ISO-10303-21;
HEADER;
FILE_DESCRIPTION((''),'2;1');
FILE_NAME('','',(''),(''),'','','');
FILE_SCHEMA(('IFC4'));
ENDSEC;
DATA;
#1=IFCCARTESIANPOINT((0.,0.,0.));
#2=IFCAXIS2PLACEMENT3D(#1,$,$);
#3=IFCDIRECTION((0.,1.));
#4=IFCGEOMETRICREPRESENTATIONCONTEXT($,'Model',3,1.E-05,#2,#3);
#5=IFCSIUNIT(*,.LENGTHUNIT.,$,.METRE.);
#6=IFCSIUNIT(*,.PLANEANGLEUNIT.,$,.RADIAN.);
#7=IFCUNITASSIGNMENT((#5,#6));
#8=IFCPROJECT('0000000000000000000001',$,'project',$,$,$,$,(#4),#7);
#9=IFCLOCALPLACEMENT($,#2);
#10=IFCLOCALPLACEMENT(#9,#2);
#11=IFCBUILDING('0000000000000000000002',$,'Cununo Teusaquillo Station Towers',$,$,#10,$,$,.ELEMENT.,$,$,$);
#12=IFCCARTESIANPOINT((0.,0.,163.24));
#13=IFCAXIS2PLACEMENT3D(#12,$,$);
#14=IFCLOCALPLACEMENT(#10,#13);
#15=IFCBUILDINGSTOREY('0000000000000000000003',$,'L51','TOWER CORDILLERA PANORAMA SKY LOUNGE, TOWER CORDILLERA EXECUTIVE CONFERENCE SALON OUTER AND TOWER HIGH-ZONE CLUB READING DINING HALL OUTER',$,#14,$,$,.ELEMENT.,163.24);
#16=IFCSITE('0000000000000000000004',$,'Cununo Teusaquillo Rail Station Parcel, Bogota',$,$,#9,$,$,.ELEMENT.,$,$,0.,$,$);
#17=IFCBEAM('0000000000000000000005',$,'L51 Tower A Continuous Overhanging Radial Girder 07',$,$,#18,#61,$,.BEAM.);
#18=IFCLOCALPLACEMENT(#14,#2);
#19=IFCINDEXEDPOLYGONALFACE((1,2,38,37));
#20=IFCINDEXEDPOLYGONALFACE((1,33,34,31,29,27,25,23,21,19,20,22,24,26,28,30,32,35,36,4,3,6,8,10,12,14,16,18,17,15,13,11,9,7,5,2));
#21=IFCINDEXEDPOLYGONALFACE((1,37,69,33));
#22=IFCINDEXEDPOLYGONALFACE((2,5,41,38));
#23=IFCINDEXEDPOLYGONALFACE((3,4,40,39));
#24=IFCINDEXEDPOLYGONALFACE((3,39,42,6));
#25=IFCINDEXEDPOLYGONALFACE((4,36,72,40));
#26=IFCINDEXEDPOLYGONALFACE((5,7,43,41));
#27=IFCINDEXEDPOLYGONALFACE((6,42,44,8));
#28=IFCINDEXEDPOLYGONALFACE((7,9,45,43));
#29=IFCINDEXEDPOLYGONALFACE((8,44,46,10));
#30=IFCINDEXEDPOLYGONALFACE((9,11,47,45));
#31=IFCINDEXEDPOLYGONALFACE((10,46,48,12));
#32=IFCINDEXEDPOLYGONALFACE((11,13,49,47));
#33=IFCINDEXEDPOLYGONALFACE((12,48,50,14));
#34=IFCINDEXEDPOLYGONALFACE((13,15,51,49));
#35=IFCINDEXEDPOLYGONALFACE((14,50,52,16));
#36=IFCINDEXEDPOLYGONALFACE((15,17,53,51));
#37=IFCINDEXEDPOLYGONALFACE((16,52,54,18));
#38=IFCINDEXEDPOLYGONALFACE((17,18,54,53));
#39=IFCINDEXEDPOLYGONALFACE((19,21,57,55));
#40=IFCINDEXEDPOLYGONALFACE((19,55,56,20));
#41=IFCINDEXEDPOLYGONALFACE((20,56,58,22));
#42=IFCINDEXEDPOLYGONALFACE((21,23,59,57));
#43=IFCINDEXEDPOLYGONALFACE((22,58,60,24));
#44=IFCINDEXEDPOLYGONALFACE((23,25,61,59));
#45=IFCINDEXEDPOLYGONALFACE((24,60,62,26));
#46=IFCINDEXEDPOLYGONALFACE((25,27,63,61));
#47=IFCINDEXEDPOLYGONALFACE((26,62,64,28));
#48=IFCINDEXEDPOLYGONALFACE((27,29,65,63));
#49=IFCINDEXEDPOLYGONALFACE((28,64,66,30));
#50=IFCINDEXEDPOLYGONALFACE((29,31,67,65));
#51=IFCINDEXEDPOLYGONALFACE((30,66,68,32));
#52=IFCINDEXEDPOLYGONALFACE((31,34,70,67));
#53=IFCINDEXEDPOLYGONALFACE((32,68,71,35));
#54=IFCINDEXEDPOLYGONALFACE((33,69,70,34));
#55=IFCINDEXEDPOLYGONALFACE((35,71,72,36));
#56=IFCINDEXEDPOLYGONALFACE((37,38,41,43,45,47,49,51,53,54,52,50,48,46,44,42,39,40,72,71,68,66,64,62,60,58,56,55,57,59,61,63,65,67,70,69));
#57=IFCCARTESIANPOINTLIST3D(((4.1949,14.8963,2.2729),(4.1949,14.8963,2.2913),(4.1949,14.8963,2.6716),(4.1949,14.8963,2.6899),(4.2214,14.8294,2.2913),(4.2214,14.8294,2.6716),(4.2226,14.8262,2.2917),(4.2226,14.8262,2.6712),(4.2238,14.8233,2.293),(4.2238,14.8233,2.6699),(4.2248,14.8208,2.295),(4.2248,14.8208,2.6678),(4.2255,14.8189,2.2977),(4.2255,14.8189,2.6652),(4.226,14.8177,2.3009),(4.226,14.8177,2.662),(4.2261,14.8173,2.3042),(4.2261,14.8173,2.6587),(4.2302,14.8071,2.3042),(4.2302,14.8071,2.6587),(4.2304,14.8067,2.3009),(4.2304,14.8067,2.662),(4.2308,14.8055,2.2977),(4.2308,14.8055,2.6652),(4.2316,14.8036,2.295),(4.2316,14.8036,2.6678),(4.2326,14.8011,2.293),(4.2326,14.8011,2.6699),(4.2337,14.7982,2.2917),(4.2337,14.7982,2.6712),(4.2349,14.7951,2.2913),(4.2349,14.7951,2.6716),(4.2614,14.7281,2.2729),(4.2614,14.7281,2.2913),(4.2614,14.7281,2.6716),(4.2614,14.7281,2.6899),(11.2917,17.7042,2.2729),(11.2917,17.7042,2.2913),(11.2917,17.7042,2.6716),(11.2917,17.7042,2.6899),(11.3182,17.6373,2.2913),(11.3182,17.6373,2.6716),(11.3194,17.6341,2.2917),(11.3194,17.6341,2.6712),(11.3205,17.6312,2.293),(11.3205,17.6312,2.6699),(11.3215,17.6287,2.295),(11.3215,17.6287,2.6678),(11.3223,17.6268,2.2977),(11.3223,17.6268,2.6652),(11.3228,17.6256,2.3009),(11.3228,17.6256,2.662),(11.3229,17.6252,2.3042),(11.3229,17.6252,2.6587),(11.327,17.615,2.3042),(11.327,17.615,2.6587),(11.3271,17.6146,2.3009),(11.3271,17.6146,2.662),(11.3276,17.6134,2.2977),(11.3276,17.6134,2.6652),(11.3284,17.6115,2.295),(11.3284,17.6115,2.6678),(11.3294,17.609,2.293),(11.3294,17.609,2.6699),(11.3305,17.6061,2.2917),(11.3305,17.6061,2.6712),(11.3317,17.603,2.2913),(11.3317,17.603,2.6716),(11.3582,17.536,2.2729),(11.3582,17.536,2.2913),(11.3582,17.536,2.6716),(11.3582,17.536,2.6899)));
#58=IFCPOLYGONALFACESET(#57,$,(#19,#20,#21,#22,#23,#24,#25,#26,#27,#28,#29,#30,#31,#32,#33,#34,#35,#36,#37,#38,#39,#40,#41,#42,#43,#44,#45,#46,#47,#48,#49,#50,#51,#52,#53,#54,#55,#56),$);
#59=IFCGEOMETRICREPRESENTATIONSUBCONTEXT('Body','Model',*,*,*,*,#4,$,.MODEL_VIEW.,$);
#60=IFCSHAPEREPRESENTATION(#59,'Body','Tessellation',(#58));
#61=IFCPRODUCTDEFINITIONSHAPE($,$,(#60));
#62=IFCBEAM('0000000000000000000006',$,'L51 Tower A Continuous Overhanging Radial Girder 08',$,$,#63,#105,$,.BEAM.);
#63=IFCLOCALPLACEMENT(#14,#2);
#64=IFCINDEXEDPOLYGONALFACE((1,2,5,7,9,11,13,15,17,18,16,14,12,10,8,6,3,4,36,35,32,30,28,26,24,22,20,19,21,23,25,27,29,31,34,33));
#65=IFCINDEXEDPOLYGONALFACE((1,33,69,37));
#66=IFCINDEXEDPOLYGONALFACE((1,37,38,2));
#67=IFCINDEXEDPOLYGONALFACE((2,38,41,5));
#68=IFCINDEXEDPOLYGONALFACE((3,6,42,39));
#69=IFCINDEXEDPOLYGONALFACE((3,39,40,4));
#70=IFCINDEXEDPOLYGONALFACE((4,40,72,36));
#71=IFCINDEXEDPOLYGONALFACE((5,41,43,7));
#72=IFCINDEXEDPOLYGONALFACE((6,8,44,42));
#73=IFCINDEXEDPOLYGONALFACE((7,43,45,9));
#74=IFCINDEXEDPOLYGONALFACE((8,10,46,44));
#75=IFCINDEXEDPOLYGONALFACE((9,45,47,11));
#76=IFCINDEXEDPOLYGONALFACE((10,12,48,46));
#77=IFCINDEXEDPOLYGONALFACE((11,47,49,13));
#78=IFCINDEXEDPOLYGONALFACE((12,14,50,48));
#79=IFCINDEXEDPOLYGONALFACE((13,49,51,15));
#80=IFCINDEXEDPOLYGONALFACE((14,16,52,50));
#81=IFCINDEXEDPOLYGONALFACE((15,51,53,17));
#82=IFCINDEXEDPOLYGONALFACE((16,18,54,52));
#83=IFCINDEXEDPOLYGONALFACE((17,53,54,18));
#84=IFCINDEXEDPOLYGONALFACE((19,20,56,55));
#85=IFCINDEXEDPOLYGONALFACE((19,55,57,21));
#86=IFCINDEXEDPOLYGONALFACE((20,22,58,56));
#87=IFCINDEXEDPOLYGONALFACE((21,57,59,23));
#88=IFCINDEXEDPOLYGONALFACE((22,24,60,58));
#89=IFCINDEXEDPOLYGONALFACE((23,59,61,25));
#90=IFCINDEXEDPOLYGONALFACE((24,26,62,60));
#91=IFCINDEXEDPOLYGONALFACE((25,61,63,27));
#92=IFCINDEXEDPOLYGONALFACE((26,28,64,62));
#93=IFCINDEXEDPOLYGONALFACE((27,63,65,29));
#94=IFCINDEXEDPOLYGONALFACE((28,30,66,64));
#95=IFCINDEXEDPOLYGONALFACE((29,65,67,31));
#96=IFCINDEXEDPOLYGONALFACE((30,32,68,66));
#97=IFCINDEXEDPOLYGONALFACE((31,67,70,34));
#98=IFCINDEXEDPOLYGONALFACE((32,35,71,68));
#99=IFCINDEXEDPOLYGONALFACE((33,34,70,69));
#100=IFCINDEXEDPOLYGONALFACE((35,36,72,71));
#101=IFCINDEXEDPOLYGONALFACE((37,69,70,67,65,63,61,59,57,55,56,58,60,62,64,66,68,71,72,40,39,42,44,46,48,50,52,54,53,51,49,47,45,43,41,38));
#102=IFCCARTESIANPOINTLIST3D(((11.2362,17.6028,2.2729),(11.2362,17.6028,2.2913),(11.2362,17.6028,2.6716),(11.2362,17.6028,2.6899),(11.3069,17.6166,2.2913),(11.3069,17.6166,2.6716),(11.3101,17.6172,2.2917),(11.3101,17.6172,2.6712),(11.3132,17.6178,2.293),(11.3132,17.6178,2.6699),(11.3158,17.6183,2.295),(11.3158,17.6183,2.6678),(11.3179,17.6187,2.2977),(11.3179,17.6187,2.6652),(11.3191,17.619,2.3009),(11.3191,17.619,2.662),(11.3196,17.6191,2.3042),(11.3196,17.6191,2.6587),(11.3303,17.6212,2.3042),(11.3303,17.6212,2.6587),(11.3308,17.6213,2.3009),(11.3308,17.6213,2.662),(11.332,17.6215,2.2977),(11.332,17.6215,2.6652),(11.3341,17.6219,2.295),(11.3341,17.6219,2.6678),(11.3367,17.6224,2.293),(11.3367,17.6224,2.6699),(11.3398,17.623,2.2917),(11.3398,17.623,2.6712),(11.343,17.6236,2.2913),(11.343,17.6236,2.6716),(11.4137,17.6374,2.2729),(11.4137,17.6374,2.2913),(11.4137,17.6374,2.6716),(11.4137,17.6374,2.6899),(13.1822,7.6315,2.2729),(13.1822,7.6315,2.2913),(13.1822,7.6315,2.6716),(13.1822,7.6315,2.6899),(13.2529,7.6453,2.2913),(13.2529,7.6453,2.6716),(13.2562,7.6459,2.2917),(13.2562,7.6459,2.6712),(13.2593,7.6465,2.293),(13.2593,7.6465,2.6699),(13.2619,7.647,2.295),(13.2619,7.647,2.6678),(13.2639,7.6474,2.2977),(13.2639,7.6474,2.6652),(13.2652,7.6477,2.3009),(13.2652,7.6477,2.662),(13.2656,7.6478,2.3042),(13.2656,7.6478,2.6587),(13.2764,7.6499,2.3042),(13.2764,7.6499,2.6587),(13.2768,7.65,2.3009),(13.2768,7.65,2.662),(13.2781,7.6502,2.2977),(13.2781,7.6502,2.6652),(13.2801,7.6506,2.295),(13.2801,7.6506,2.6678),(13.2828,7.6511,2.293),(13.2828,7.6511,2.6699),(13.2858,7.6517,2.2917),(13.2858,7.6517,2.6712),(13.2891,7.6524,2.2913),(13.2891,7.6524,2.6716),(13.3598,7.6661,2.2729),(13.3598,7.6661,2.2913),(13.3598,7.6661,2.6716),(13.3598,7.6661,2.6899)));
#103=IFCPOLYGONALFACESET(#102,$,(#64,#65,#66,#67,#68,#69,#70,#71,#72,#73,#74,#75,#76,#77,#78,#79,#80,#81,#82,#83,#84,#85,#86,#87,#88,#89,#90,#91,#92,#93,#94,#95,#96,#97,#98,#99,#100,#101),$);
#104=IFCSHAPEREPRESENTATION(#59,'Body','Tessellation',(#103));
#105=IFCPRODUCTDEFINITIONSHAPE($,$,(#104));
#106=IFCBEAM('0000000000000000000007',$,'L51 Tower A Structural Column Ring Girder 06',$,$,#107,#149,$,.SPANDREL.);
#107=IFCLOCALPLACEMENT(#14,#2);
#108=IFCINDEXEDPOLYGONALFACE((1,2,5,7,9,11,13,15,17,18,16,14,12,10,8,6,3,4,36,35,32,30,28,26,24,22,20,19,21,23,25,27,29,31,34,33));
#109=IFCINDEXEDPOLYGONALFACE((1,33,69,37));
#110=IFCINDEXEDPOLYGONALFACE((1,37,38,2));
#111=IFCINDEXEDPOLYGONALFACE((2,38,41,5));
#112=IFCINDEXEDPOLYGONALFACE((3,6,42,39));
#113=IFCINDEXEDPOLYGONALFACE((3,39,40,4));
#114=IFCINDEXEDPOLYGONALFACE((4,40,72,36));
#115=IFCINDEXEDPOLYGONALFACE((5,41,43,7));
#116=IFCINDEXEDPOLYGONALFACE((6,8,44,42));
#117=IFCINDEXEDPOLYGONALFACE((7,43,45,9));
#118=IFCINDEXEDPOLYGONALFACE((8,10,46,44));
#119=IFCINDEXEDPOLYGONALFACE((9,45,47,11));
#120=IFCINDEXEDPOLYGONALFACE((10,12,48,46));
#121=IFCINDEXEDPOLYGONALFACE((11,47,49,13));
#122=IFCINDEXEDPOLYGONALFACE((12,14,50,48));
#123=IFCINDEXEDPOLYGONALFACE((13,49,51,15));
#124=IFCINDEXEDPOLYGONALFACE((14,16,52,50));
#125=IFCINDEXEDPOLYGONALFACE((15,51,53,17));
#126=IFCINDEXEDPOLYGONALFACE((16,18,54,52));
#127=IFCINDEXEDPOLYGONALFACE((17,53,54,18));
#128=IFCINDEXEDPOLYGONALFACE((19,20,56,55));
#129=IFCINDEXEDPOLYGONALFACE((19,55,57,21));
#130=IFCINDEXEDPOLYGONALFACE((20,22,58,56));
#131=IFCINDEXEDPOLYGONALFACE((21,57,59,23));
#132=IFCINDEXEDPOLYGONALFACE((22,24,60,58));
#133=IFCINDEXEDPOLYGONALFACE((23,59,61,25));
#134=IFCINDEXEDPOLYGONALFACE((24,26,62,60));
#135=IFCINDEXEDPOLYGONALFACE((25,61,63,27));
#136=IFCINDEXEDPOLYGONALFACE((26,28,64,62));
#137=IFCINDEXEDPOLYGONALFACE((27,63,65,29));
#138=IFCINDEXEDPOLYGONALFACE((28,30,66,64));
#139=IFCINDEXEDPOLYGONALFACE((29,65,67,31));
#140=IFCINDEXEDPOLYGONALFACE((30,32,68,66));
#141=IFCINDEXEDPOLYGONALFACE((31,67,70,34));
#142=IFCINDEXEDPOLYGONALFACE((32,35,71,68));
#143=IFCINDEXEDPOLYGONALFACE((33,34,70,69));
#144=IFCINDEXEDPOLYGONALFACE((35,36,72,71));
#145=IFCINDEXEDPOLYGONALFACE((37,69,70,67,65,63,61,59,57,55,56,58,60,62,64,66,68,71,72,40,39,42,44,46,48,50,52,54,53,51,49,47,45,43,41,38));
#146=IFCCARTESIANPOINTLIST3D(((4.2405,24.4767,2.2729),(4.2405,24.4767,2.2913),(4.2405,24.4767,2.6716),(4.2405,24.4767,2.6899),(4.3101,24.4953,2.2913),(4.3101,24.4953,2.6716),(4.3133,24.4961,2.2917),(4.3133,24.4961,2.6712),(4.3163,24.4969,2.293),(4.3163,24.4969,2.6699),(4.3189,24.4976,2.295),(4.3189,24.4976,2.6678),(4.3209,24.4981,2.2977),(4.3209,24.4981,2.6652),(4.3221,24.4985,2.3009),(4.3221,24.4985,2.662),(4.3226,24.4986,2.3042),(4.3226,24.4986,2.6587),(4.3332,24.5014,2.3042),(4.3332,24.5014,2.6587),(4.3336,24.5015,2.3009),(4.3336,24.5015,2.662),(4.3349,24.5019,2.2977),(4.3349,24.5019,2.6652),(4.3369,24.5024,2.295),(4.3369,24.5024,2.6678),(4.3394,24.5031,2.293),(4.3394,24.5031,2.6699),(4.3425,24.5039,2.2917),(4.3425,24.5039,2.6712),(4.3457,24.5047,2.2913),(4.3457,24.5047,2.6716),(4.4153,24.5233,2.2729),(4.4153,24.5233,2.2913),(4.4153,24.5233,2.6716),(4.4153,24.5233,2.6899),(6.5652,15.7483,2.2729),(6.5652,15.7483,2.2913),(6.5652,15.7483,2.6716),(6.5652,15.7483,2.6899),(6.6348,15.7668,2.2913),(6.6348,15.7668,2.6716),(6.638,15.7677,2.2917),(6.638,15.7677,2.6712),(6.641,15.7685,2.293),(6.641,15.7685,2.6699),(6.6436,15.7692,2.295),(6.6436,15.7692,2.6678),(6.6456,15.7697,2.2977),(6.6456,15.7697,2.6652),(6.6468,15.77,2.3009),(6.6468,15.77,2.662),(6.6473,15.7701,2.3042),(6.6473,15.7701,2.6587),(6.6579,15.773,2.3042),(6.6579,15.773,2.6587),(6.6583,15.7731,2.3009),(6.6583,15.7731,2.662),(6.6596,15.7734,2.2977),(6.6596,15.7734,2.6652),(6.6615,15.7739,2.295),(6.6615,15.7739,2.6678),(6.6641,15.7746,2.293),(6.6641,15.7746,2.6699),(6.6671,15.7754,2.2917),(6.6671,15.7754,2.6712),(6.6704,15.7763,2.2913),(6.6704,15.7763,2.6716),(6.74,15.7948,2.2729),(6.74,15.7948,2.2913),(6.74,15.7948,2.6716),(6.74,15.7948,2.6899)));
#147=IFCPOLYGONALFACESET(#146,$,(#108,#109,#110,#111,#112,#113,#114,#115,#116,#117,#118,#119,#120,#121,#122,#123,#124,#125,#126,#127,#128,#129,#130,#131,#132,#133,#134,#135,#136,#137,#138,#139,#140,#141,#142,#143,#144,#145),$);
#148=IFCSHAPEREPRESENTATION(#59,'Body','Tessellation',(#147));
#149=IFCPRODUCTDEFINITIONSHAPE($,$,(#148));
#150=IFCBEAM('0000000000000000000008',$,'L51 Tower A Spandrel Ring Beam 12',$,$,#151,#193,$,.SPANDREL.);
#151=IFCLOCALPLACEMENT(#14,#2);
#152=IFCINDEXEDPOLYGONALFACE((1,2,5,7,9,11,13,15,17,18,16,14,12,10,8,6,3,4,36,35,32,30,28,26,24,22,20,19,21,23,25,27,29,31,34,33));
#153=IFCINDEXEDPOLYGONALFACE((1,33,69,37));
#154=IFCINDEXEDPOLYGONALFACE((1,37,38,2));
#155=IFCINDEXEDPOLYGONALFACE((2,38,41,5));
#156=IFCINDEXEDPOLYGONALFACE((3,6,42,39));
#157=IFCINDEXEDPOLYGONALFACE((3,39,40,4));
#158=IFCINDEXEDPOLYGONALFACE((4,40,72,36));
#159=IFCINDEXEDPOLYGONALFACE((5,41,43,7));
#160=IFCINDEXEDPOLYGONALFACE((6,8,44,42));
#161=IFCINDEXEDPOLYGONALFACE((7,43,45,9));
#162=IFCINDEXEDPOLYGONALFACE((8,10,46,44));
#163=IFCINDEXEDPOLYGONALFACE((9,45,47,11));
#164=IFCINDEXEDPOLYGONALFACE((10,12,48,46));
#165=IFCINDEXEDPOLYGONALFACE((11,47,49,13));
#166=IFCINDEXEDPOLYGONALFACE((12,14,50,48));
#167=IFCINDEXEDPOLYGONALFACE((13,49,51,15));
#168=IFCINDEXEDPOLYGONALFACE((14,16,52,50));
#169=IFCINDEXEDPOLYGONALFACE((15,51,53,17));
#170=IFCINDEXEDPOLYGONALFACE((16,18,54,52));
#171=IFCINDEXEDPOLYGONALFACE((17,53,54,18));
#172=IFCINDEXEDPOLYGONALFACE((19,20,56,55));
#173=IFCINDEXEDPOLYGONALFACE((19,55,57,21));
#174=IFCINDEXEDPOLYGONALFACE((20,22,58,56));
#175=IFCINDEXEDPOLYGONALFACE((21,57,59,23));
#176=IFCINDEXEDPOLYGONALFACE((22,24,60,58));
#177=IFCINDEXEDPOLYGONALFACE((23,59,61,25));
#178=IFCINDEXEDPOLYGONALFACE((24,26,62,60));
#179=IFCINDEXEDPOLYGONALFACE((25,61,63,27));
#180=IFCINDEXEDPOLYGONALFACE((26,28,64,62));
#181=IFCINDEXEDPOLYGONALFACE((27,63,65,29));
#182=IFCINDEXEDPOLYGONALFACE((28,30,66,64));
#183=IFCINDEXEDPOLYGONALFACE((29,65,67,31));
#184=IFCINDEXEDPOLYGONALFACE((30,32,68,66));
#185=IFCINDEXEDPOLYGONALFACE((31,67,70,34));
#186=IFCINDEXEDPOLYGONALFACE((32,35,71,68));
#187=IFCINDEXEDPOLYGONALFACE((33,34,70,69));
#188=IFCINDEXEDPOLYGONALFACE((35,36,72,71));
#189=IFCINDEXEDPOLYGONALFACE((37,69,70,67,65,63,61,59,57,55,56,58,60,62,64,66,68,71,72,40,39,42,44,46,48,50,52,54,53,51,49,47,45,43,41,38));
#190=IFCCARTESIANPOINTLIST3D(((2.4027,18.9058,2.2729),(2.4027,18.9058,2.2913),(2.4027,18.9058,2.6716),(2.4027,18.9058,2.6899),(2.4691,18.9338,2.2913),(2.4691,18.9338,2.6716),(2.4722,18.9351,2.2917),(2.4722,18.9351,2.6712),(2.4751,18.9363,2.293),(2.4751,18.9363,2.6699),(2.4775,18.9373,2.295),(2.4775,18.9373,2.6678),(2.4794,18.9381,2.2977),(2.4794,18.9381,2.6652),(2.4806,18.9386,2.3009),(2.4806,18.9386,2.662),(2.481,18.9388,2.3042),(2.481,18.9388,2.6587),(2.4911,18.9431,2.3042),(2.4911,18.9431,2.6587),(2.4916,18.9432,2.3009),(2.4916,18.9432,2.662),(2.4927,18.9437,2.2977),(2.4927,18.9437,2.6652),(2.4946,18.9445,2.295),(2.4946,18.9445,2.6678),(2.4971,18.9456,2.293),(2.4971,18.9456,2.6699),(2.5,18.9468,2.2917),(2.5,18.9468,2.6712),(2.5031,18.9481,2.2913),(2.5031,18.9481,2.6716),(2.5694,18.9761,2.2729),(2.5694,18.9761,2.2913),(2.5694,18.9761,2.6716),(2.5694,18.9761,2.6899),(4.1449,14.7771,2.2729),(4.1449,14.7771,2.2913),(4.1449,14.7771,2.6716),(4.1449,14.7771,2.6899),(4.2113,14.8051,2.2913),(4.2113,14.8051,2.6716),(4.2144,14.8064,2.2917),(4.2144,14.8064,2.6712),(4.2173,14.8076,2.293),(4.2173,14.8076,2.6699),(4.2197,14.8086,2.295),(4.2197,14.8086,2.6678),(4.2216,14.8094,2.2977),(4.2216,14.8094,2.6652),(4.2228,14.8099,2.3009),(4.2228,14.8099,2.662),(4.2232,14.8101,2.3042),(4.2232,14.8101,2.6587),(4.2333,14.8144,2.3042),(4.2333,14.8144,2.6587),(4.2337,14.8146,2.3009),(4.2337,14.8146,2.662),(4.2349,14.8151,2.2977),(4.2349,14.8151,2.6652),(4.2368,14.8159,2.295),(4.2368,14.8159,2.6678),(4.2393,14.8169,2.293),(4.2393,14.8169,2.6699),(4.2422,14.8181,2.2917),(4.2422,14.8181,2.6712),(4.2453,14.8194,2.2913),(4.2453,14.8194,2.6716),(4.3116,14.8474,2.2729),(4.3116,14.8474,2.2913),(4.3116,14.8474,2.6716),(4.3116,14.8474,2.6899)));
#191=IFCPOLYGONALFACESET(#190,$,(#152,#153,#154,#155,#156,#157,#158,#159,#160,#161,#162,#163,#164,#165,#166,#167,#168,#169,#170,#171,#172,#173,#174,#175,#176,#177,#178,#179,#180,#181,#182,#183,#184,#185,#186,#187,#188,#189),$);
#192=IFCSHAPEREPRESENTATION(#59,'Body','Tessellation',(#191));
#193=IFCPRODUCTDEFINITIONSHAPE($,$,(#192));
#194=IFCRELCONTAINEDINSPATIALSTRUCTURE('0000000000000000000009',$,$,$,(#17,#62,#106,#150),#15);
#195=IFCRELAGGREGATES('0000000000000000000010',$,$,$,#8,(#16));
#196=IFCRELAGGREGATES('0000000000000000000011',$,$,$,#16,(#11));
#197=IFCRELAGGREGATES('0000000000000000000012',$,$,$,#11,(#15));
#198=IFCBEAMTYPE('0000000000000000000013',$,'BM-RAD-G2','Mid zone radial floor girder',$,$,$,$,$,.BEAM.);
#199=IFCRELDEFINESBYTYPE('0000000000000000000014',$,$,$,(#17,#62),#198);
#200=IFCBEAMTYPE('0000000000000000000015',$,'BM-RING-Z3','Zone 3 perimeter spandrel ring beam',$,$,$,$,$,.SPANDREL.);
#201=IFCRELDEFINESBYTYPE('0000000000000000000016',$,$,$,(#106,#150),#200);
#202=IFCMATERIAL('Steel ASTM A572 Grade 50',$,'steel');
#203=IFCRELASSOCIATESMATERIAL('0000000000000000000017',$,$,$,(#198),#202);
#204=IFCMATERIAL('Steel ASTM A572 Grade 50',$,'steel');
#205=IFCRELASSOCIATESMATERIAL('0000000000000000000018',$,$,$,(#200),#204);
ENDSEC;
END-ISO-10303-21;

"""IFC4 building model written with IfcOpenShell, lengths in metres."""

from ifc_helpers import new_model, si_unit, direction, frame, origin, origin_2d, place, context, subcontext, project, spatial, i_section, extrude, material, material_profile, profile_set, type_object, element, save


model = new_model("IFC4")

# Units and contexts
model_context = context("Model", 3, precision=1e-05, world=origin(), true_north=direction((0.0, 1.0)))
body_context = subcontext(model_context, "Body", "Model", "MODEL_VIEW")
ifc_project = project(units=[si_unit("LENGTHUNIT", "METRE"), si_unit("PLANEANGLEUNIT", "RADIAN")], contexts=[model_context])

# Site, building, storey
site_placement = place(None, origin())
site = spatial("IfcSite", under=ifc_project, at=site_placement, Name="Cununo Teusaquillo Rail Station Parcel, Bogota", CompositionType="ELEMENT", RefElevation=0.0)
building_placement = place(site_placement, origin())
building = spatial("IfcBuilding", under=site, at=building_placement, Name="Cununo Teusaquillo Station Towers", CompositionType="ELEMENT")
storey_placement = place(building_placement, frame((0.0, 0.0, 163.24)))
storey = spatial("IfcBuildingStorey", under=building, at=storey_placement, Name="L51", Description="TOWER CORDILLERA PANORAMA SKY LOUNGE, TOWER CORDILLERA EXECUTIVE CONFERENCE SALON OUTER AND TOWER HIGH-ZONE CLUB READING DINING HALL OUTER", CompositionType="ELEMENT", Elevation=163.24)

# Beams
ifc_material_1 = material(Name="Steel ASTM A572 Grade 50", Category="steel")
ifc_material_profile_1 = material_profile(ifc_material_1, i_section(OverallWidth=0.1809, OverallDepth=0.417, WebThickness=0.011, FlangeThickness=0.0183, FilletRadius=0.0129, at=origin_2d()), Name="W16X57")
ifc_profile_set_1 = profile_set([ifc_material_profile_1], Name="Steel ASTM A572 Grade 50")
beam_type_1 = type_object("IfcBeamType", Name="BM-RAD-G2", Description="Mid zone radial floor girder", PredefinedType="BEAM", material=ifc_profile_set_1)
beam_1_placement = place(storey_placement, frame((11.325, 17.6201, 2.4814), z_axis=(-0.929862, -0.367908, 0.0), x_axis=(0.367908, -0.929862, 0.0)))
element("IfcBeam", 1, at=beam_1_placement, inside=storey, type_object=beam_type_1, Name="L51 Tower A Continuous Overhanging Radial Girder 07", PredefinedType="BEAM", context=body_context, shape_type="SweptSolid", body=[
    extrude(i_section(OverallWidth=0.1809, OverallDepth=0.417, WebThickness=0.011, FlangeThickness=0.0183, FilletRadius=0.0129, at=origin_2d()), origin(), (0.0, 0.0, 1.0), 7.6321),
])
beam_2_placement = place(storey_placement, frame((11.325, 17.6201, 2.4814), z_axis=(0.191553, -0.981482, 0.0), x_axis=(0.981482, 0.191553, 0.0)))
element("IfcBeam", 2, at=beam_2_placement, inside=storey, type_object=beam_type_1, Name="L51 Tower A Continuous Overhanging Radial Girder 08", PredefinedType="BEAM", context=body_context, shape_type="SweptSolid", body=[
    extrude(i_section(OverallWidth=0.1809, OverallDepth=0.417, WebThickness=0.011, FlangeThickness=0.0183, FilletRadius=0.0129, at=origin_2d()), origin(), (0.0, 0.0, 1.0), 10.1594),
])
ifc_material_2 = material(Name="Steel ASTM A572 Grade 50", Category="steel")
ifc_material_profile_2 = material_profile(ifc_material_2, i_section(OverallWidth=0.1809, OverallDepth=0.417, WebThickness=0.011, FlangeThickness=0.0183, FilletRadius=0.0129, at=origin_2d()), Name="W16X57")
ifc_profile_set_2 = profile_set([ifc_material_profile_2], Name="Steel ASTM A572 Grade 50")
beam_type_2 = type_object("IfcBeamType", Name="BM-RING-Z3", Description="Zone 3 perimeter spandrel ring beam", PredefinedType="SPANDREL", material=ifc_profile_set_2)
beam_3_placement = place(storey_placement, frame((4.3279, 24.5, 2.4814), z_axis=(0.257363, -0.966315, 0.0), x_axis=(0.966315, 0.257363, 0.0)))
element("IfcBeam", 3, at=beam_3_placement, inside=storey, type_object=beam_type_2, Name="L51 Tower A Structural Column Ring Girder 06", PredefinedType="SPANDREL", context=body_context, shape_type="SweptSolid", body=[
    extrude(i_section(OverallWidth=0.1809, OverallDepth=0.417, WebThickness=0.011, FlangeThickness=0.0183, FilletRadius=0.0129, at=origin_2d()), origin(), (0.0, 0.0, 1.0), 9.0327),
])
beam_4_placement = place(storey_placement, frame((2.4861, 18.9409, 2.4814), z_axis=(0.388778, -0.921332, 0.0), x_axis=(0.921332, 0.388778, 0.0)))
element("IfcBeam", 4, at=beam_4_placement, inside=storey, type_object=beam_type_2, Name="L51 Tower A Spandrel Ring Beam 12", PredefinedType="SPANDREL", context=body_context, shape_type="SweptSolid", body=[
    extrude(i_section(OverallWidth=0.1809, OverallDepth=0.417, WebThickness=0.011, FlangeThickness=0.0183, FilletRadius=0.0129, at=origin_2d()), origin(), (0.0, 0.0, 1.0), 4.4812),
])

save(model, "model.ifc")
